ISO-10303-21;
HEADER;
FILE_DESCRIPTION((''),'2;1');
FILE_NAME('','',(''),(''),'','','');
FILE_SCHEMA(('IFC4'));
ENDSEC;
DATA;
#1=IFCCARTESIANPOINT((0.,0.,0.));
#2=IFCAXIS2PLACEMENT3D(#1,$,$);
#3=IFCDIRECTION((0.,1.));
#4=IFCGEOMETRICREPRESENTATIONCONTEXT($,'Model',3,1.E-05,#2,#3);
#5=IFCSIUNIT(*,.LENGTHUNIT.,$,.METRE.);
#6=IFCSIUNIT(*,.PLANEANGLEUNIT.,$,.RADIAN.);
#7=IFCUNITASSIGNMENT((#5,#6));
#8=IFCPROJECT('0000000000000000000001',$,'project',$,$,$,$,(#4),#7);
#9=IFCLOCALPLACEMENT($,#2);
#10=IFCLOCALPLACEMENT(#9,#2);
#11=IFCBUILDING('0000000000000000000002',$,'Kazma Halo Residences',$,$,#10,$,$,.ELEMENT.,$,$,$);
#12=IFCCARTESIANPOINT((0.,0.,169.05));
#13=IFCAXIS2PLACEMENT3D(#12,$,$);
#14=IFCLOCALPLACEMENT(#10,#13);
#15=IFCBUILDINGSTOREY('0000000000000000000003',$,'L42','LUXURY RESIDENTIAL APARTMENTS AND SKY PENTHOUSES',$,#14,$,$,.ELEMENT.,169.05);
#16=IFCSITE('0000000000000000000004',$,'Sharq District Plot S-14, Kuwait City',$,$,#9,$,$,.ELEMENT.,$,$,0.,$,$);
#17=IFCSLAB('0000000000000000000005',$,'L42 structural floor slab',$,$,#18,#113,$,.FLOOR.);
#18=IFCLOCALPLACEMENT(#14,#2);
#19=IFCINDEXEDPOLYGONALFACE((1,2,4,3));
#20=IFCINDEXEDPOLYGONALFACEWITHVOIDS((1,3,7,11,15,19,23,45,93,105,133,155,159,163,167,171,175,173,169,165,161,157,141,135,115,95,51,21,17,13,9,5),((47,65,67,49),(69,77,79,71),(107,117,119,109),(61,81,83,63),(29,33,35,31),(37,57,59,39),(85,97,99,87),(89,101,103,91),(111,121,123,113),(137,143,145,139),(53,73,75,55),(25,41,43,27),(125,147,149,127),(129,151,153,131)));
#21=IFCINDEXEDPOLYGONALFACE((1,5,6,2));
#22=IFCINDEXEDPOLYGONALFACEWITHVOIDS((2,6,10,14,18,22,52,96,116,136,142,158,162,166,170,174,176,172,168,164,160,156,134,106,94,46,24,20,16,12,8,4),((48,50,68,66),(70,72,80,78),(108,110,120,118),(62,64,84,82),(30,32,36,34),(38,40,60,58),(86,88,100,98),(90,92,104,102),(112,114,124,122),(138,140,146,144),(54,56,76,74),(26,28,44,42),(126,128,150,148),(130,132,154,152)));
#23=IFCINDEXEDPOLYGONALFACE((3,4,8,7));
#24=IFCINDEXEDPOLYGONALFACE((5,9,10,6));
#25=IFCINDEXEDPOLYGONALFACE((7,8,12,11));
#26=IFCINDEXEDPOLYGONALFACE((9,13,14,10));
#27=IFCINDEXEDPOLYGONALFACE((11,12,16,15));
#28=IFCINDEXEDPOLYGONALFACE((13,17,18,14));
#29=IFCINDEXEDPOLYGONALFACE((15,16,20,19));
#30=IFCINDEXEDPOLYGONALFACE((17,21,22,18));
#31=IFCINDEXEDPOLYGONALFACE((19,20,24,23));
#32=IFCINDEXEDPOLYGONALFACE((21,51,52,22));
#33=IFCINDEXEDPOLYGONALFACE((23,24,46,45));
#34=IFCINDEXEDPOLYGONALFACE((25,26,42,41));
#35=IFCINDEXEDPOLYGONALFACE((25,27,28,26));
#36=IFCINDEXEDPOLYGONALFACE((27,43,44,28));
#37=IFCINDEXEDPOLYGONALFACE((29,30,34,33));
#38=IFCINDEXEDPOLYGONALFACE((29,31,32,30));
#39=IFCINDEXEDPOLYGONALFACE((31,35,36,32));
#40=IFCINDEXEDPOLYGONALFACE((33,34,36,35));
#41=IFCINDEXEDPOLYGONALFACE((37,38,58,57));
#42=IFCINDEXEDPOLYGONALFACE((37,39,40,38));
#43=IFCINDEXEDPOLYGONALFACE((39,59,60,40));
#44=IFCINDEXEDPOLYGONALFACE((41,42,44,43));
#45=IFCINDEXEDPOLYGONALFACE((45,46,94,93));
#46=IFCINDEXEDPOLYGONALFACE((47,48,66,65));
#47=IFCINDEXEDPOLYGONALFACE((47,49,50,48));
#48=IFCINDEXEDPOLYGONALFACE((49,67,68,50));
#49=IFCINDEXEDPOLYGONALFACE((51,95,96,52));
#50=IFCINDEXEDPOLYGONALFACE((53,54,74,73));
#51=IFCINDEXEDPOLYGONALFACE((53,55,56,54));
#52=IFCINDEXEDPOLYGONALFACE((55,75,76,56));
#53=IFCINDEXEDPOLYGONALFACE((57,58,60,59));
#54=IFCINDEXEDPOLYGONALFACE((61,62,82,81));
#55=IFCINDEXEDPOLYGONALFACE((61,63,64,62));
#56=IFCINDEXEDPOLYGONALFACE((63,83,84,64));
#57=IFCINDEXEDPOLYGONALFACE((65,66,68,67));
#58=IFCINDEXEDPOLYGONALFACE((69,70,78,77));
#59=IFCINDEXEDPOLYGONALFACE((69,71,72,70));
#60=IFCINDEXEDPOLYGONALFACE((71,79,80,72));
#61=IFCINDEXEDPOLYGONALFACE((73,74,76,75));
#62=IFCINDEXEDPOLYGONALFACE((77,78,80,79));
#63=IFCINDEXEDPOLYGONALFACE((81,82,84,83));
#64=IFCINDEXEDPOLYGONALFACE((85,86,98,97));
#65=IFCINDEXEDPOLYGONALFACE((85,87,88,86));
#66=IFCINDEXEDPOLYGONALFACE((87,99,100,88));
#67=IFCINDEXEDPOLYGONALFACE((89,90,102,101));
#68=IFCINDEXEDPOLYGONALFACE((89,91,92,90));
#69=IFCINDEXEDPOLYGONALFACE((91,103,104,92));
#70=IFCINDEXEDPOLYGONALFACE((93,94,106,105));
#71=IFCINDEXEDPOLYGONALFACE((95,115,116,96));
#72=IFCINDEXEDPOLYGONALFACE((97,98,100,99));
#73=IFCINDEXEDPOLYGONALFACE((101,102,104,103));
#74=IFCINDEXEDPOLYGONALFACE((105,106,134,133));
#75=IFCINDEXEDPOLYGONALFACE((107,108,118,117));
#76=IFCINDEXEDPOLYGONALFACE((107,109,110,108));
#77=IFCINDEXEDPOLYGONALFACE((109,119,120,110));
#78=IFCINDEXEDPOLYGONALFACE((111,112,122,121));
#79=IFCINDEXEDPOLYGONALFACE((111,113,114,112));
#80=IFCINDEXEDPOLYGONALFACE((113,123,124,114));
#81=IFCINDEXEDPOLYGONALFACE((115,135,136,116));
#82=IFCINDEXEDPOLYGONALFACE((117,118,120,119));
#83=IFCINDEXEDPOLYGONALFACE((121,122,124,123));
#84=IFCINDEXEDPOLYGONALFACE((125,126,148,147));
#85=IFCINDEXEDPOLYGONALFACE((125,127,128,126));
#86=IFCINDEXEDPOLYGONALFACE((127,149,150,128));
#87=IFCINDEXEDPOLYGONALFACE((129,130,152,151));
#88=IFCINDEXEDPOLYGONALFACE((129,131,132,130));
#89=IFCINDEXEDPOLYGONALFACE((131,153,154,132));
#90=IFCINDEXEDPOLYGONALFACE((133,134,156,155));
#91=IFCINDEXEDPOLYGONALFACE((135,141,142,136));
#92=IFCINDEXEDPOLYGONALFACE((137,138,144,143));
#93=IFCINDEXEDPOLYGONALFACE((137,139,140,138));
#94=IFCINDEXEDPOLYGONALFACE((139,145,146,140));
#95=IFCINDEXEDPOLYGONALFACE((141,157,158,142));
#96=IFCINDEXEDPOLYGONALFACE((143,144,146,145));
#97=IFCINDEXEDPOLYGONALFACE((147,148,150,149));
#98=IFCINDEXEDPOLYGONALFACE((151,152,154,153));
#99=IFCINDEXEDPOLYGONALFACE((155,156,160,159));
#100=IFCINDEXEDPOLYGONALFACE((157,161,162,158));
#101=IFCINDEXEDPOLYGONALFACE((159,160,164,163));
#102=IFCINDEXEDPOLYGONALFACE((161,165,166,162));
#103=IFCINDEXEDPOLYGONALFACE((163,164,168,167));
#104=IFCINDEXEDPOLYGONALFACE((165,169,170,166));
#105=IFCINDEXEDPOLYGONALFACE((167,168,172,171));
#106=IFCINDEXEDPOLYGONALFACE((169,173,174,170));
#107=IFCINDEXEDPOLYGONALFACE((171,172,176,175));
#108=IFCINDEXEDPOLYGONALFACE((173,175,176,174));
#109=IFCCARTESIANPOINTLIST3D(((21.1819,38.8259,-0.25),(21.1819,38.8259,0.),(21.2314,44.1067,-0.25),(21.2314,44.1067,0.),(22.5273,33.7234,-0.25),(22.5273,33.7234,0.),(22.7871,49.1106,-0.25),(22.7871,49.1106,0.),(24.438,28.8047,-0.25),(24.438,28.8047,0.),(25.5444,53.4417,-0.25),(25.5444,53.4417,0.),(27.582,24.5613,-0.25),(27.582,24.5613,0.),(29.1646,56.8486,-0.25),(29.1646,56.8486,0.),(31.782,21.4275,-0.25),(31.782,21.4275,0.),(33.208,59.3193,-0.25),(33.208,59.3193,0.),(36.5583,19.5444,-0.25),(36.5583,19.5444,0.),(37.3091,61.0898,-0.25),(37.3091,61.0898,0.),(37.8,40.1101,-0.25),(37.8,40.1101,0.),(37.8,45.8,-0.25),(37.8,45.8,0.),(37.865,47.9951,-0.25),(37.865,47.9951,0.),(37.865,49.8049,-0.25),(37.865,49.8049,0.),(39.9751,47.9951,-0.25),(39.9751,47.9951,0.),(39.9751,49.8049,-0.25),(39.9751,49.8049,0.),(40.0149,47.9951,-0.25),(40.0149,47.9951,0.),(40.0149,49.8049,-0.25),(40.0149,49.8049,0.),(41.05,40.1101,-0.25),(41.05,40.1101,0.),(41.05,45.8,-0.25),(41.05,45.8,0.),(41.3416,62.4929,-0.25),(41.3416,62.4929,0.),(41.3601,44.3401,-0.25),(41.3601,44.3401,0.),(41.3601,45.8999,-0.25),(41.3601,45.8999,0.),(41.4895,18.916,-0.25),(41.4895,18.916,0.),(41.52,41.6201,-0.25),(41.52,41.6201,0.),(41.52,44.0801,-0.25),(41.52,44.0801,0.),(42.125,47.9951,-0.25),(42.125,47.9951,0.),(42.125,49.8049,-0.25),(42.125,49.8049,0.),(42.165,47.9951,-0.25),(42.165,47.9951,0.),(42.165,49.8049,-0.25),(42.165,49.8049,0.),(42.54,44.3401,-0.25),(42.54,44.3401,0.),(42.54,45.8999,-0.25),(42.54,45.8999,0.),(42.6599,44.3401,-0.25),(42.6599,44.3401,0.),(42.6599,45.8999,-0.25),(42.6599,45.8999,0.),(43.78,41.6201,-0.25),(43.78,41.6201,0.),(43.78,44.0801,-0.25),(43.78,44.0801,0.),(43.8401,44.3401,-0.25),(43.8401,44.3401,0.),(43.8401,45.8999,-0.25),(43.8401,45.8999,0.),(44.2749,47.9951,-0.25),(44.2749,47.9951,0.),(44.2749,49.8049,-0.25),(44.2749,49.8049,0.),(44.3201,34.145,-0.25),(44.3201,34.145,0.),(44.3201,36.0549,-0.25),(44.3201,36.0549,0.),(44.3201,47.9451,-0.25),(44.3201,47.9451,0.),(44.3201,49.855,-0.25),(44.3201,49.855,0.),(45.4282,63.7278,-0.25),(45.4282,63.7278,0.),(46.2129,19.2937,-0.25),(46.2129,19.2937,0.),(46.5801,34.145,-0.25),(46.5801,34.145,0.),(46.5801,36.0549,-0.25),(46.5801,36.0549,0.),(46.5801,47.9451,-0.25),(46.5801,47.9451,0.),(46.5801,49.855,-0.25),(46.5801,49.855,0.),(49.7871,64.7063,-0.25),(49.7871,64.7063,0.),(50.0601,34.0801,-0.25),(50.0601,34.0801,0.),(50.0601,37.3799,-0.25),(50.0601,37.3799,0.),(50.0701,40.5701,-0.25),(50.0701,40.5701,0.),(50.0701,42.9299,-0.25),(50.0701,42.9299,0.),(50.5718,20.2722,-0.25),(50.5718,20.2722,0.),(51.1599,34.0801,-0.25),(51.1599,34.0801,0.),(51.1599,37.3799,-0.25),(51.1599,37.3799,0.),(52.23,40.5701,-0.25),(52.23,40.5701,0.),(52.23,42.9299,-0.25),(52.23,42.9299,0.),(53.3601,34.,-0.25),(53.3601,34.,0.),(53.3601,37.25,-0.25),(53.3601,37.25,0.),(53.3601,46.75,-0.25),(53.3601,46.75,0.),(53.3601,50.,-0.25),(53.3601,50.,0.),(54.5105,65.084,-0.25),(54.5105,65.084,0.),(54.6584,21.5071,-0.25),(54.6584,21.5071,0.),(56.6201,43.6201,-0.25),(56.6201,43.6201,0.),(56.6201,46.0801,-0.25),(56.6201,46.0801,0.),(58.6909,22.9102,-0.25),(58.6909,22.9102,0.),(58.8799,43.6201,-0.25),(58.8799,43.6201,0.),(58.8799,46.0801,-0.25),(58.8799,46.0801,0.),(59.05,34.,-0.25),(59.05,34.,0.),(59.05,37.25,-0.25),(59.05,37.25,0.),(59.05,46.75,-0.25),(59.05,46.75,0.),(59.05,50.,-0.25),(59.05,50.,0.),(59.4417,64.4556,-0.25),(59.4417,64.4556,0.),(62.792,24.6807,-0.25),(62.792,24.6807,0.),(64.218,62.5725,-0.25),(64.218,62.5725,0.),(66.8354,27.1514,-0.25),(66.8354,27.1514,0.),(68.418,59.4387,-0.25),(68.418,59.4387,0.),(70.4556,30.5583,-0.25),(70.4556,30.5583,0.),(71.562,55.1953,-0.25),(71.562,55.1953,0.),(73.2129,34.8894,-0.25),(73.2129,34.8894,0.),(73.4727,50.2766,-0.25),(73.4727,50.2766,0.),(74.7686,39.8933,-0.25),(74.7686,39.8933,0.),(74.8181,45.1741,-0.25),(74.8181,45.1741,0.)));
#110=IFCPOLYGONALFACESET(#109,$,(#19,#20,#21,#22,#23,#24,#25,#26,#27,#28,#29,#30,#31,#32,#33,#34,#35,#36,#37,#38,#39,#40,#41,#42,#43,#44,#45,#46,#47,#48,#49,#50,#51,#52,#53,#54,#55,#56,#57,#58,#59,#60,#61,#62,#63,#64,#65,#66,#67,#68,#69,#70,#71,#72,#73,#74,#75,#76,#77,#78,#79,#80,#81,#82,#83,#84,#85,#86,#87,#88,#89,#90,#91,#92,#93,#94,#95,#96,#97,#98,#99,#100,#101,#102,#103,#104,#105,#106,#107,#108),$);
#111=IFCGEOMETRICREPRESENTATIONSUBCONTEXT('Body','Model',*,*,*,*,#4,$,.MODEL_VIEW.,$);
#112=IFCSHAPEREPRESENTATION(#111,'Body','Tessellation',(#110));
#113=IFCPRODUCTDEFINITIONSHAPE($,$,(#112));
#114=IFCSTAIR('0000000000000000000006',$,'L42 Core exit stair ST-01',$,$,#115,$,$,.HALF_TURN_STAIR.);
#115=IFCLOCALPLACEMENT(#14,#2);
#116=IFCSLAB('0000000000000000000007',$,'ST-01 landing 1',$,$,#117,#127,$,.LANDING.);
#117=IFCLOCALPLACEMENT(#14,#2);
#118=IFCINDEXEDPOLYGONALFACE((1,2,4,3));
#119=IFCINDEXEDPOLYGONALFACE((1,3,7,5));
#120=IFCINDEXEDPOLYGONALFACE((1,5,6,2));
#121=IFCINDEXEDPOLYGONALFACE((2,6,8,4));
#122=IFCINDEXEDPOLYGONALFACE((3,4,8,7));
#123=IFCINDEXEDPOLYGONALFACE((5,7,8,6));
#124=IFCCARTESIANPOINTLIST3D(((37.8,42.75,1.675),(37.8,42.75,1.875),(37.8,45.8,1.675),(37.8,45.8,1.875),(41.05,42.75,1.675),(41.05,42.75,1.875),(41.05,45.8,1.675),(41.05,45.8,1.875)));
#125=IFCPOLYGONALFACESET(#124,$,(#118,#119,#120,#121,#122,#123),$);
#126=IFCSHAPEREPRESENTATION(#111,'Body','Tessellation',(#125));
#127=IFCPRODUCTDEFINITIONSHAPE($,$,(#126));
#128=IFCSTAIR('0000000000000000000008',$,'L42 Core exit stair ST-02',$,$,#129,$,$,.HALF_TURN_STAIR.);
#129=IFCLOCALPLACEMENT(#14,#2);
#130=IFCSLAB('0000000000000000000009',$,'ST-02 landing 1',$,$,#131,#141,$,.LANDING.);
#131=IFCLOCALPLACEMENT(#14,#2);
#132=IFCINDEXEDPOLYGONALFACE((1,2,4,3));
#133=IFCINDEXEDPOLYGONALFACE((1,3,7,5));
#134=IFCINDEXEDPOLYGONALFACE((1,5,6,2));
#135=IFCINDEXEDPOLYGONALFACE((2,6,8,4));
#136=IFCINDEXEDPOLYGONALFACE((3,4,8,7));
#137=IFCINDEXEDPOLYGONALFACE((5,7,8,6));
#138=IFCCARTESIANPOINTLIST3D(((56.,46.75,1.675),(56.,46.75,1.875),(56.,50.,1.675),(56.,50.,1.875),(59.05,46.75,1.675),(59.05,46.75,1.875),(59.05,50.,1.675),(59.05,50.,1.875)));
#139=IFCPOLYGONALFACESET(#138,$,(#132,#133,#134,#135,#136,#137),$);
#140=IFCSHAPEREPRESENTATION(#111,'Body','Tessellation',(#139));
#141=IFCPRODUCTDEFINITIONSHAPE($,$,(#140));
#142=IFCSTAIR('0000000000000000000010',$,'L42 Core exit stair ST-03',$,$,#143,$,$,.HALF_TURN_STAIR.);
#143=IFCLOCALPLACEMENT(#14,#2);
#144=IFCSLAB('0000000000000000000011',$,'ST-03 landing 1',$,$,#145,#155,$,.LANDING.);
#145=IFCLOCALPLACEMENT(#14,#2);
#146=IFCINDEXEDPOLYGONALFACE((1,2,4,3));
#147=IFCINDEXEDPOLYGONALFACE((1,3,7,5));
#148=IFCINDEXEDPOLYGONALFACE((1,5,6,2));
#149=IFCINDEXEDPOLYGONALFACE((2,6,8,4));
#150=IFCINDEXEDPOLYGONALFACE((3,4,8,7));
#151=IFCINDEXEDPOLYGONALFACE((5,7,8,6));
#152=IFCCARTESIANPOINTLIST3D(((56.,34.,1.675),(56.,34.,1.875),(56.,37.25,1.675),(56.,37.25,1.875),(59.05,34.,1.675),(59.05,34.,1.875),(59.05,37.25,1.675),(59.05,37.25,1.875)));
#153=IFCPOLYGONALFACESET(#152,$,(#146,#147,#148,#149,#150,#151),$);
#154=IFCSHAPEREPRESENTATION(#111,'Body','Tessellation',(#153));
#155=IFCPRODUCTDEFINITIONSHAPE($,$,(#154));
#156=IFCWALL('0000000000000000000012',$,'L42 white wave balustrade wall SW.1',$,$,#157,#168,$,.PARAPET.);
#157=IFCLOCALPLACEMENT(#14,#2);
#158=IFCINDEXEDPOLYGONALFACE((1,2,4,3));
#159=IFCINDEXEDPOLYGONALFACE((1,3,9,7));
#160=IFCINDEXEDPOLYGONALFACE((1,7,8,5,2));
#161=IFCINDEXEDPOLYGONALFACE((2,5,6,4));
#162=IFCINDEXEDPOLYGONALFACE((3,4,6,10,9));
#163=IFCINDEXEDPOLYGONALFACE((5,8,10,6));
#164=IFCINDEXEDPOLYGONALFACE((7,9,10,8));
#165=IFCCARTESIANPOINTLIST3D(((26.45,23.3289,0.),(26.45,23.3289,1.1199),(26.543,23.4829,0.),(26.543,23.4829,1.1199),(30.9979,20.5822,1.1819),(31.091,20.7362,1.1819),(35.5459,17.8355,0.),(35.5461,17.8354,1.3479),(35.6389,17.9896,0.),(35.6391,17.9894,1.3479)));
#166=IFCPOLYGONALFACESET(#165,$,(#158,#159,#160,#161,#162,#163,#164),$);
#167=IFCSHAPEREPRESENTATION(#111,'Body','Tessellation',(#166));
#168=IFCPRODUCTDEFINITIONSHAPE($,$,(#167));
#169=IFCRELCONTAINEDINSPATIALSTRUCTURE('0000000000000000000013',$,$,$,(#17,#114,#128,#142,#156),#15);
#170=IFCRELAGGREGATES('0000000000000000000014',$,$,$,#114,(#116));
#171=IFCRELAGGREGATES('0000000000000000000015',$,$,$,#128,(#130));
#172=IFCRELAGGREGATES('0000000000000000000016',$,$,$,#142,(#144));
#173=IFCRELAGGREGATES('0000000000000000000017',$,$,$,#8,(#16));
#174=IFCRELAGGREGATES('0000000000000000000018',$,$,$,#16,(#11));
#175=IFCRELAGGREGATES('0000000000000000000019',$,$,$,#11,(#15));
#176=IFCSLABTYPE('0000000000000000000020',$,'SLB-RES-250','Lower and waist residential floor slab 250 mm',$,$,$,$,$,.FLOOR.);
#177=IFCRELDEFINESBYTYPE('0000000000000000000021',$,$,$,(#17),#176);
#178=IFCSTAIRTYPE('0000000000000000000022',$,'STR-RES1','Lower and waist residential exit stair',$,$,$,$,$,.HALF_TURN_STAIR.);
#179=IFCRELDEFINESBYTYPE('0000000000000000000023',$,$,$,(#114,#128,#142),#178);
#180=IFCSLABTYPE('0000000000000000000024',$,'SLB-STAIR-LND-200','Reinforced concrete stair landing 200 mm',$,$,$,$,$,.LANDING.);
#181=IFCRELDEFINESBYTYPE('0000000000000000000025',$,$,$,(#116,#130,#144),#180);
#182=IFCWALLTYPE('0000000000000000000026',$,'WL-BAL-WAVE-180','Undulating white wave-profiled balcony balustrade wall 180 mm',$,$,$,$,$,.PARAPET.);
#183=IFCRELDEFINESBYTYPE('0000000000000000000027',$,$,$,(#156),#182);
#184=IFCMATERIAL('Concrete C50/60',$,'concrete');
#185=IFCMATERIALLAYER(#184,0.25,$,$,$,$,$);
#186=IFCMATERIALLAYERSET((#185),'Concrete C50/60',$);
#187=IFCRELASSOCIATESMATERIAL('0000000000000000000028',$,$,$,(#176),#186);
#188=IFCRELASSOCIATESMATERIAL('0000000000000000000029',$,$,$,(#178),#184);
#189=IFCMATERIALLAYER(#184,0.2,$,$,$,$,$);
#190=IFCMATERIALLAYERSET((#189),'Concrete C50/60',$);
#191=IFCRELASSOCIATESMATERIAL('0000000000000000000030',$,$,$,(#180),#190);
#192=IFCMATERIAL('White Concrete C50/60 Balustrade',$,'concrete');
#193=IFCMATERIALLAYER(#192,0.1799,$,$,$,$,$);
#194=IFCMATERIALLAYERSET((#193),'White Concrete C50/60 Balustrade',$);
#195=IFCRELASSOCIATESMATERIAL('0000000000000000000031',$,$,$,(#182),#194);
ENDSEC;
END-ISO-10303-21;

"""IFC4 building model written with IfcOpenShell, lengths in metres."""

from ifc_helpers import new_model, si_unit, direction, frame, origin, place, context, subcontext, project, spatial, polyline, outline, extrude, material, layer, layer_set, type_object, element, aggregate, save


model = new_model("IFC4")

# Units and contexts
model_context = context("Model", 3, precision=1e-05, world=origin(), true_north=direction((0.0, 1.0)))
body_context = subcontext(model_context, "Body", "Model", "MODEL_VIEW")
ifc_project = project(units=[si_unit("LENGTHUNIT", "METRE"), si_unit("PLANEANGLEUNIT", "RADIAN")], contexts=[model_context])

# Site, building, storey
site_placement = place(None, origin())
site = spatial("IfcSite", under=ifc_project, at=site_placement, Name="Sharq District Plot S-14, Kuwait City", CompositionType="ELEMENT", RefElevation=0.0)
building_placement = place(site_placement, origin())
building = spatial("IfcBuilding", under=site, at=building_placement, Name="Kazma Halo Residences", CompositionType="ELEMENT")
storey_placement = place(building_placement, frame((0.0, 0.0, 169.05)))
storey = spatial("IfcBuildingStorey", under=building, at=storey_placement, Name="L42", Description="LUXURY RESIDENTIAL APARTMENTS AND SKY PENTHOUSES", CompositionType="ELEMENT", Elevation=169.05)

# Slab
ifc_material_1 = material(Name="Concrete C50/60", Category="concrete")
ifc_layer_1 = layer(ifc_material_1, 0.25)
ifc_layer_set_1 = layer_set([ifc_layer_1], Name="Concrete C50/60")
slab_type_1 = type_object("IfcSlabType", Name="SLB-RES-250", Description="Lower and waist residential floor slab 250 mm", PredefinedType="FLOOR", material=ifc_layer_set_1)
slab_1_placement = place(storey_placement, frame((0.0, 0.0, -0.25)))
element("IfcSlab", 1, at=slab_1_placement, inside=storey, type_object=slab_type_1, Name="L42 structural floor slab", PredefinedType="FLOOR", context=body_context, shape_type="SweptSolid", body=[
    extrude(outline(polyline([(73.4727, 50.2766), (71.562, 55.1953), (68.418, 59.4387), (64.218, 62.5725), (59.4417, 64.4556), (54.5105, 65.084), (49.7871, 64.7063), (45.4282, 63.7278), (41.3416, 62.4929), (37.3091, 61.0898), (33.208, 59.3193), (29.1646, 56.8486), (25.5444, 53.4417), (22.7871, 49.1106), (21.2314, 44.1067), (21.1819, 38.8259), (22.5273, 33.7234), (24.438, 28.8047), (27.582, 24.5613), (31.782, 21.4275), (36.5583, 19.5444), (41.4895, 18.916), (46.2129, 19.2937), (50.5718, 20.2722), (54.6584, 21.5071), (58.6909, 22.9102), (62.792, 24.6807), (66.8354, 27.1514), (70.4556, 30.5583), (73.2129, 34.8894), (74.7686, 39.8933), (74.8181, 45.1741), (73.4727, 50.2766)]), holes=[polyline([(37.8, 40.1101), (41.05, 40.1101), (41.05, 45.8), (37.8, 45.8), (37.8, 40.1101)]), polyline([(53.3601, 46.75), (59.05, 46.75), (59.05, 50.0), (53.3601, 50.0), (53.3601, 46.75)]), polyline([(53.3601, 34.0), (59.05, 34.0), (59.05, 37.25), (53.3601, 37.25), (53.3601, 34.0)]), polyline([(41.52, 41.6201), (43.78, 41.6201), (43.78, 44.0801), (41.52, 44.0801), (41.52, 41.6201)]), polyline([(56.6201, 43.6201), (58.8799, 43.6201), (58.8799, 46.0801), (56.6201, 46.0801), (56.6201, 43.6201)]), polyline([(37.865, 47.9951), (39.9751, 47.9951), (39.9751, 49.8049), (37.865, 49.8049), (37.865, 47.9951)]), polyline([(40.0149, 47.9951), (42.125, 47.9951), (42.125, 49.8049), (40.0149, 49.8049), (40.0149, 47.9951)]), polyline([(42.165, 47.9951), (44.2749, 47.9951), (44.2749, 49.8049), (42.165, 49.8049), (42.165, 47.9951)]), polyline([(44.3201, 47.9451), (46.5801, 47.9451), (46.5801, 49.855), (44.3201, 49.855), (44.3201, 47.9451)]), polyline([(44.3201, 34.145), (46.5801, 34.145), (46.5801, 36.0549), (44.3201, 36.0549), (44.3201, 34.145)]), polyline([(50.0701, 40.5701), (52.23, 40.5701), (52.23, 42.9299), (50.0701, 42.9299), (50.0701, 40.5701)]), polyline([(41.3601, 44.3401), (42.54, 44.3401), (42.54, 45.8999), (41.3601, 45.8999), (41.3601, 44.3401)]), polyline([(42.6599, 44.3401), (43.8401, 44.3401), (43.8401, 45.8999), (42.6599, 45.8999), (42.6599, 44.3401)]), polyline([(50.0601, 34.0801), (51.1599, 34.0801), (51.1599, 37.3799), (50.0601, 37.3799), (50.0601, 34.0801)])]), origin(), (0.0, 0.0, 1.0), 0.25),
])

# Stairs, slabs
stair_type = type_object("IfcStairType", Name="STR-RES1", Description="Lower and waist residential exit stair", PredefinedType="HALF_TURN_STAIR", material=ifc_material_1)
stair_1_placement = place(storey_placement, origin())
stair_1 = element("IfcStair", 2, at=stair_1_placement, inside=storey, type_object=stair_type, Name="L42 Core exit stair ST-01", PredefinedType="HALF_TURN_STAIR")
ifc_layer_2 = layer(ifc_material_1, 0.2)
ifc_layer_set_2 = layer_set([ifc_layer_2], Name="Concrete C50/60")
slab_type_2 = type_object("IfcSlabType", Name="SLB-STAIR-LND-200", Description="Reinforced concrete stair landing 200 mm", PredefinedType="LANDING", material=ifc_layer_set_2)
slab_2_placement = place(storey_placement, frame((0.0, 0.0, 1.675)))
slab_2 = element("IfcSlab", 3, at=slab_2_placement, type_object=slab_type_2, Name="ST-01 landing 1", PredefinedType="LANDING", context=body_context, shape_type="SweptSolid", body=[
    extrude(outline(polyline([(41.05, 42.75), (41.05, 45.8), (37.8, 45.8), (37.8, 42.75), (41.05, 42.75)])), origin(), (0.0, 0.0, 1.0), 0.2),
])
aggregate(stair_1, [slab_2])
stair_2_placement = place(storey_placement, origin())
stair_2 = element("IfcStair", 4, at=stair_2_placement, inside=storey, type_object=stair_type, Name="L42 Core exit stair ST-02", PredefinedType="HALF_TURN_STAIR")
slab_3_placement = place(storey_placement, frame((0.0, 0.0, 1.675)))
slab_3 = element("IfcSlab", 5, at=slab_3_placement, type_object=slab_type_2, Name="ST-02 landing 1", PredefinedType="LANDING", context=body_context, shape_type="SweptSolid", body=[
    extrude(outline(polyline([(56.0, 46.75), (59.05, 46.75), (59.05, 50.0), (56.0, 50.0), (56.0, 46.75)])), origin(), (0.0, 0.0, 1.0), 0.2),
])
aggregate(stair_2, [slab_3])
stair_3_placement = place(storey_placement, origin())
stair_3 = element("IfcStair", 6, at=stair_3_placement, inside=storey, type_object=stair_type, Name="L42 Core exit stair ST-03", PredefinedType="HALF_TURN_STAIR")
slab_4_placement = place(storey_placement, frame((0.0, 0.0, 1.675)))
slab_4 = element("IfcSlab", 7, at=slab_4_placement, type_object=slab_type_2, Name="ST-03 landing 1", PredefinedType="LANDING", context=body_context, shape_type="SweptSolid", body=[
    extrude(outline(polyline([(56.0, 34.0), (59.05, 34.0), (59.05, 37.25), (56.0, 37.25), (56.0, 34.0)])), origin(), (0.0, 0.0, 1.0), 0.2),
])
aggregate(stair_3, [slab_4])

# Wall
ifc_material_2 = material(Name="White Concrete C50/60 Balustrade", Category="concrete")
ifc_layer_3 = layer(ifc_material_2, 0.1799)
ifc_layer_set_3 = layer_set([ifc_layer_3], Name="White Concrete C50/60 Balustrade")
wall_type_1 = type_object("IfcWallType", Name="WL-BAL-WAVE-180", Description="Undulating white wave-profiled balcony balustrade wall 180 mm", PredefinedType="PARAPET", material=ifc_layer_set_3)
wall_1_placement = place(storey_placement, frame((26.4966, 23.406, 0.0), z_axis=(0.0, 0.0, 1.0), x_axis=(0.856001, -0.516974, 0.0)))
element("IfcWall", 8, at=wall_1_placement, inside=storey, type_object=wall_type_1, Name="L42 white wave balustrade wall SW.1", PredefinedType="PARAPET", context=body_context, shape_type="SweptSolid", body=[
    extrude(outline(polyline([(0.0, 0.0), (10.626, 0.0), (10.6262, 1.3479), (5.313, 1.1819), (0.0, 1.1199), (0.0, 0.0)])), frame((0.0, 0.0898, 0.0), z_axis=(0.0, -1.0, 0.0), x_axis=(1.0, 0.0, 0.0)), (0.0, 0.0, 1.0), 0.1799),
])

save(model, "model.ifc")
